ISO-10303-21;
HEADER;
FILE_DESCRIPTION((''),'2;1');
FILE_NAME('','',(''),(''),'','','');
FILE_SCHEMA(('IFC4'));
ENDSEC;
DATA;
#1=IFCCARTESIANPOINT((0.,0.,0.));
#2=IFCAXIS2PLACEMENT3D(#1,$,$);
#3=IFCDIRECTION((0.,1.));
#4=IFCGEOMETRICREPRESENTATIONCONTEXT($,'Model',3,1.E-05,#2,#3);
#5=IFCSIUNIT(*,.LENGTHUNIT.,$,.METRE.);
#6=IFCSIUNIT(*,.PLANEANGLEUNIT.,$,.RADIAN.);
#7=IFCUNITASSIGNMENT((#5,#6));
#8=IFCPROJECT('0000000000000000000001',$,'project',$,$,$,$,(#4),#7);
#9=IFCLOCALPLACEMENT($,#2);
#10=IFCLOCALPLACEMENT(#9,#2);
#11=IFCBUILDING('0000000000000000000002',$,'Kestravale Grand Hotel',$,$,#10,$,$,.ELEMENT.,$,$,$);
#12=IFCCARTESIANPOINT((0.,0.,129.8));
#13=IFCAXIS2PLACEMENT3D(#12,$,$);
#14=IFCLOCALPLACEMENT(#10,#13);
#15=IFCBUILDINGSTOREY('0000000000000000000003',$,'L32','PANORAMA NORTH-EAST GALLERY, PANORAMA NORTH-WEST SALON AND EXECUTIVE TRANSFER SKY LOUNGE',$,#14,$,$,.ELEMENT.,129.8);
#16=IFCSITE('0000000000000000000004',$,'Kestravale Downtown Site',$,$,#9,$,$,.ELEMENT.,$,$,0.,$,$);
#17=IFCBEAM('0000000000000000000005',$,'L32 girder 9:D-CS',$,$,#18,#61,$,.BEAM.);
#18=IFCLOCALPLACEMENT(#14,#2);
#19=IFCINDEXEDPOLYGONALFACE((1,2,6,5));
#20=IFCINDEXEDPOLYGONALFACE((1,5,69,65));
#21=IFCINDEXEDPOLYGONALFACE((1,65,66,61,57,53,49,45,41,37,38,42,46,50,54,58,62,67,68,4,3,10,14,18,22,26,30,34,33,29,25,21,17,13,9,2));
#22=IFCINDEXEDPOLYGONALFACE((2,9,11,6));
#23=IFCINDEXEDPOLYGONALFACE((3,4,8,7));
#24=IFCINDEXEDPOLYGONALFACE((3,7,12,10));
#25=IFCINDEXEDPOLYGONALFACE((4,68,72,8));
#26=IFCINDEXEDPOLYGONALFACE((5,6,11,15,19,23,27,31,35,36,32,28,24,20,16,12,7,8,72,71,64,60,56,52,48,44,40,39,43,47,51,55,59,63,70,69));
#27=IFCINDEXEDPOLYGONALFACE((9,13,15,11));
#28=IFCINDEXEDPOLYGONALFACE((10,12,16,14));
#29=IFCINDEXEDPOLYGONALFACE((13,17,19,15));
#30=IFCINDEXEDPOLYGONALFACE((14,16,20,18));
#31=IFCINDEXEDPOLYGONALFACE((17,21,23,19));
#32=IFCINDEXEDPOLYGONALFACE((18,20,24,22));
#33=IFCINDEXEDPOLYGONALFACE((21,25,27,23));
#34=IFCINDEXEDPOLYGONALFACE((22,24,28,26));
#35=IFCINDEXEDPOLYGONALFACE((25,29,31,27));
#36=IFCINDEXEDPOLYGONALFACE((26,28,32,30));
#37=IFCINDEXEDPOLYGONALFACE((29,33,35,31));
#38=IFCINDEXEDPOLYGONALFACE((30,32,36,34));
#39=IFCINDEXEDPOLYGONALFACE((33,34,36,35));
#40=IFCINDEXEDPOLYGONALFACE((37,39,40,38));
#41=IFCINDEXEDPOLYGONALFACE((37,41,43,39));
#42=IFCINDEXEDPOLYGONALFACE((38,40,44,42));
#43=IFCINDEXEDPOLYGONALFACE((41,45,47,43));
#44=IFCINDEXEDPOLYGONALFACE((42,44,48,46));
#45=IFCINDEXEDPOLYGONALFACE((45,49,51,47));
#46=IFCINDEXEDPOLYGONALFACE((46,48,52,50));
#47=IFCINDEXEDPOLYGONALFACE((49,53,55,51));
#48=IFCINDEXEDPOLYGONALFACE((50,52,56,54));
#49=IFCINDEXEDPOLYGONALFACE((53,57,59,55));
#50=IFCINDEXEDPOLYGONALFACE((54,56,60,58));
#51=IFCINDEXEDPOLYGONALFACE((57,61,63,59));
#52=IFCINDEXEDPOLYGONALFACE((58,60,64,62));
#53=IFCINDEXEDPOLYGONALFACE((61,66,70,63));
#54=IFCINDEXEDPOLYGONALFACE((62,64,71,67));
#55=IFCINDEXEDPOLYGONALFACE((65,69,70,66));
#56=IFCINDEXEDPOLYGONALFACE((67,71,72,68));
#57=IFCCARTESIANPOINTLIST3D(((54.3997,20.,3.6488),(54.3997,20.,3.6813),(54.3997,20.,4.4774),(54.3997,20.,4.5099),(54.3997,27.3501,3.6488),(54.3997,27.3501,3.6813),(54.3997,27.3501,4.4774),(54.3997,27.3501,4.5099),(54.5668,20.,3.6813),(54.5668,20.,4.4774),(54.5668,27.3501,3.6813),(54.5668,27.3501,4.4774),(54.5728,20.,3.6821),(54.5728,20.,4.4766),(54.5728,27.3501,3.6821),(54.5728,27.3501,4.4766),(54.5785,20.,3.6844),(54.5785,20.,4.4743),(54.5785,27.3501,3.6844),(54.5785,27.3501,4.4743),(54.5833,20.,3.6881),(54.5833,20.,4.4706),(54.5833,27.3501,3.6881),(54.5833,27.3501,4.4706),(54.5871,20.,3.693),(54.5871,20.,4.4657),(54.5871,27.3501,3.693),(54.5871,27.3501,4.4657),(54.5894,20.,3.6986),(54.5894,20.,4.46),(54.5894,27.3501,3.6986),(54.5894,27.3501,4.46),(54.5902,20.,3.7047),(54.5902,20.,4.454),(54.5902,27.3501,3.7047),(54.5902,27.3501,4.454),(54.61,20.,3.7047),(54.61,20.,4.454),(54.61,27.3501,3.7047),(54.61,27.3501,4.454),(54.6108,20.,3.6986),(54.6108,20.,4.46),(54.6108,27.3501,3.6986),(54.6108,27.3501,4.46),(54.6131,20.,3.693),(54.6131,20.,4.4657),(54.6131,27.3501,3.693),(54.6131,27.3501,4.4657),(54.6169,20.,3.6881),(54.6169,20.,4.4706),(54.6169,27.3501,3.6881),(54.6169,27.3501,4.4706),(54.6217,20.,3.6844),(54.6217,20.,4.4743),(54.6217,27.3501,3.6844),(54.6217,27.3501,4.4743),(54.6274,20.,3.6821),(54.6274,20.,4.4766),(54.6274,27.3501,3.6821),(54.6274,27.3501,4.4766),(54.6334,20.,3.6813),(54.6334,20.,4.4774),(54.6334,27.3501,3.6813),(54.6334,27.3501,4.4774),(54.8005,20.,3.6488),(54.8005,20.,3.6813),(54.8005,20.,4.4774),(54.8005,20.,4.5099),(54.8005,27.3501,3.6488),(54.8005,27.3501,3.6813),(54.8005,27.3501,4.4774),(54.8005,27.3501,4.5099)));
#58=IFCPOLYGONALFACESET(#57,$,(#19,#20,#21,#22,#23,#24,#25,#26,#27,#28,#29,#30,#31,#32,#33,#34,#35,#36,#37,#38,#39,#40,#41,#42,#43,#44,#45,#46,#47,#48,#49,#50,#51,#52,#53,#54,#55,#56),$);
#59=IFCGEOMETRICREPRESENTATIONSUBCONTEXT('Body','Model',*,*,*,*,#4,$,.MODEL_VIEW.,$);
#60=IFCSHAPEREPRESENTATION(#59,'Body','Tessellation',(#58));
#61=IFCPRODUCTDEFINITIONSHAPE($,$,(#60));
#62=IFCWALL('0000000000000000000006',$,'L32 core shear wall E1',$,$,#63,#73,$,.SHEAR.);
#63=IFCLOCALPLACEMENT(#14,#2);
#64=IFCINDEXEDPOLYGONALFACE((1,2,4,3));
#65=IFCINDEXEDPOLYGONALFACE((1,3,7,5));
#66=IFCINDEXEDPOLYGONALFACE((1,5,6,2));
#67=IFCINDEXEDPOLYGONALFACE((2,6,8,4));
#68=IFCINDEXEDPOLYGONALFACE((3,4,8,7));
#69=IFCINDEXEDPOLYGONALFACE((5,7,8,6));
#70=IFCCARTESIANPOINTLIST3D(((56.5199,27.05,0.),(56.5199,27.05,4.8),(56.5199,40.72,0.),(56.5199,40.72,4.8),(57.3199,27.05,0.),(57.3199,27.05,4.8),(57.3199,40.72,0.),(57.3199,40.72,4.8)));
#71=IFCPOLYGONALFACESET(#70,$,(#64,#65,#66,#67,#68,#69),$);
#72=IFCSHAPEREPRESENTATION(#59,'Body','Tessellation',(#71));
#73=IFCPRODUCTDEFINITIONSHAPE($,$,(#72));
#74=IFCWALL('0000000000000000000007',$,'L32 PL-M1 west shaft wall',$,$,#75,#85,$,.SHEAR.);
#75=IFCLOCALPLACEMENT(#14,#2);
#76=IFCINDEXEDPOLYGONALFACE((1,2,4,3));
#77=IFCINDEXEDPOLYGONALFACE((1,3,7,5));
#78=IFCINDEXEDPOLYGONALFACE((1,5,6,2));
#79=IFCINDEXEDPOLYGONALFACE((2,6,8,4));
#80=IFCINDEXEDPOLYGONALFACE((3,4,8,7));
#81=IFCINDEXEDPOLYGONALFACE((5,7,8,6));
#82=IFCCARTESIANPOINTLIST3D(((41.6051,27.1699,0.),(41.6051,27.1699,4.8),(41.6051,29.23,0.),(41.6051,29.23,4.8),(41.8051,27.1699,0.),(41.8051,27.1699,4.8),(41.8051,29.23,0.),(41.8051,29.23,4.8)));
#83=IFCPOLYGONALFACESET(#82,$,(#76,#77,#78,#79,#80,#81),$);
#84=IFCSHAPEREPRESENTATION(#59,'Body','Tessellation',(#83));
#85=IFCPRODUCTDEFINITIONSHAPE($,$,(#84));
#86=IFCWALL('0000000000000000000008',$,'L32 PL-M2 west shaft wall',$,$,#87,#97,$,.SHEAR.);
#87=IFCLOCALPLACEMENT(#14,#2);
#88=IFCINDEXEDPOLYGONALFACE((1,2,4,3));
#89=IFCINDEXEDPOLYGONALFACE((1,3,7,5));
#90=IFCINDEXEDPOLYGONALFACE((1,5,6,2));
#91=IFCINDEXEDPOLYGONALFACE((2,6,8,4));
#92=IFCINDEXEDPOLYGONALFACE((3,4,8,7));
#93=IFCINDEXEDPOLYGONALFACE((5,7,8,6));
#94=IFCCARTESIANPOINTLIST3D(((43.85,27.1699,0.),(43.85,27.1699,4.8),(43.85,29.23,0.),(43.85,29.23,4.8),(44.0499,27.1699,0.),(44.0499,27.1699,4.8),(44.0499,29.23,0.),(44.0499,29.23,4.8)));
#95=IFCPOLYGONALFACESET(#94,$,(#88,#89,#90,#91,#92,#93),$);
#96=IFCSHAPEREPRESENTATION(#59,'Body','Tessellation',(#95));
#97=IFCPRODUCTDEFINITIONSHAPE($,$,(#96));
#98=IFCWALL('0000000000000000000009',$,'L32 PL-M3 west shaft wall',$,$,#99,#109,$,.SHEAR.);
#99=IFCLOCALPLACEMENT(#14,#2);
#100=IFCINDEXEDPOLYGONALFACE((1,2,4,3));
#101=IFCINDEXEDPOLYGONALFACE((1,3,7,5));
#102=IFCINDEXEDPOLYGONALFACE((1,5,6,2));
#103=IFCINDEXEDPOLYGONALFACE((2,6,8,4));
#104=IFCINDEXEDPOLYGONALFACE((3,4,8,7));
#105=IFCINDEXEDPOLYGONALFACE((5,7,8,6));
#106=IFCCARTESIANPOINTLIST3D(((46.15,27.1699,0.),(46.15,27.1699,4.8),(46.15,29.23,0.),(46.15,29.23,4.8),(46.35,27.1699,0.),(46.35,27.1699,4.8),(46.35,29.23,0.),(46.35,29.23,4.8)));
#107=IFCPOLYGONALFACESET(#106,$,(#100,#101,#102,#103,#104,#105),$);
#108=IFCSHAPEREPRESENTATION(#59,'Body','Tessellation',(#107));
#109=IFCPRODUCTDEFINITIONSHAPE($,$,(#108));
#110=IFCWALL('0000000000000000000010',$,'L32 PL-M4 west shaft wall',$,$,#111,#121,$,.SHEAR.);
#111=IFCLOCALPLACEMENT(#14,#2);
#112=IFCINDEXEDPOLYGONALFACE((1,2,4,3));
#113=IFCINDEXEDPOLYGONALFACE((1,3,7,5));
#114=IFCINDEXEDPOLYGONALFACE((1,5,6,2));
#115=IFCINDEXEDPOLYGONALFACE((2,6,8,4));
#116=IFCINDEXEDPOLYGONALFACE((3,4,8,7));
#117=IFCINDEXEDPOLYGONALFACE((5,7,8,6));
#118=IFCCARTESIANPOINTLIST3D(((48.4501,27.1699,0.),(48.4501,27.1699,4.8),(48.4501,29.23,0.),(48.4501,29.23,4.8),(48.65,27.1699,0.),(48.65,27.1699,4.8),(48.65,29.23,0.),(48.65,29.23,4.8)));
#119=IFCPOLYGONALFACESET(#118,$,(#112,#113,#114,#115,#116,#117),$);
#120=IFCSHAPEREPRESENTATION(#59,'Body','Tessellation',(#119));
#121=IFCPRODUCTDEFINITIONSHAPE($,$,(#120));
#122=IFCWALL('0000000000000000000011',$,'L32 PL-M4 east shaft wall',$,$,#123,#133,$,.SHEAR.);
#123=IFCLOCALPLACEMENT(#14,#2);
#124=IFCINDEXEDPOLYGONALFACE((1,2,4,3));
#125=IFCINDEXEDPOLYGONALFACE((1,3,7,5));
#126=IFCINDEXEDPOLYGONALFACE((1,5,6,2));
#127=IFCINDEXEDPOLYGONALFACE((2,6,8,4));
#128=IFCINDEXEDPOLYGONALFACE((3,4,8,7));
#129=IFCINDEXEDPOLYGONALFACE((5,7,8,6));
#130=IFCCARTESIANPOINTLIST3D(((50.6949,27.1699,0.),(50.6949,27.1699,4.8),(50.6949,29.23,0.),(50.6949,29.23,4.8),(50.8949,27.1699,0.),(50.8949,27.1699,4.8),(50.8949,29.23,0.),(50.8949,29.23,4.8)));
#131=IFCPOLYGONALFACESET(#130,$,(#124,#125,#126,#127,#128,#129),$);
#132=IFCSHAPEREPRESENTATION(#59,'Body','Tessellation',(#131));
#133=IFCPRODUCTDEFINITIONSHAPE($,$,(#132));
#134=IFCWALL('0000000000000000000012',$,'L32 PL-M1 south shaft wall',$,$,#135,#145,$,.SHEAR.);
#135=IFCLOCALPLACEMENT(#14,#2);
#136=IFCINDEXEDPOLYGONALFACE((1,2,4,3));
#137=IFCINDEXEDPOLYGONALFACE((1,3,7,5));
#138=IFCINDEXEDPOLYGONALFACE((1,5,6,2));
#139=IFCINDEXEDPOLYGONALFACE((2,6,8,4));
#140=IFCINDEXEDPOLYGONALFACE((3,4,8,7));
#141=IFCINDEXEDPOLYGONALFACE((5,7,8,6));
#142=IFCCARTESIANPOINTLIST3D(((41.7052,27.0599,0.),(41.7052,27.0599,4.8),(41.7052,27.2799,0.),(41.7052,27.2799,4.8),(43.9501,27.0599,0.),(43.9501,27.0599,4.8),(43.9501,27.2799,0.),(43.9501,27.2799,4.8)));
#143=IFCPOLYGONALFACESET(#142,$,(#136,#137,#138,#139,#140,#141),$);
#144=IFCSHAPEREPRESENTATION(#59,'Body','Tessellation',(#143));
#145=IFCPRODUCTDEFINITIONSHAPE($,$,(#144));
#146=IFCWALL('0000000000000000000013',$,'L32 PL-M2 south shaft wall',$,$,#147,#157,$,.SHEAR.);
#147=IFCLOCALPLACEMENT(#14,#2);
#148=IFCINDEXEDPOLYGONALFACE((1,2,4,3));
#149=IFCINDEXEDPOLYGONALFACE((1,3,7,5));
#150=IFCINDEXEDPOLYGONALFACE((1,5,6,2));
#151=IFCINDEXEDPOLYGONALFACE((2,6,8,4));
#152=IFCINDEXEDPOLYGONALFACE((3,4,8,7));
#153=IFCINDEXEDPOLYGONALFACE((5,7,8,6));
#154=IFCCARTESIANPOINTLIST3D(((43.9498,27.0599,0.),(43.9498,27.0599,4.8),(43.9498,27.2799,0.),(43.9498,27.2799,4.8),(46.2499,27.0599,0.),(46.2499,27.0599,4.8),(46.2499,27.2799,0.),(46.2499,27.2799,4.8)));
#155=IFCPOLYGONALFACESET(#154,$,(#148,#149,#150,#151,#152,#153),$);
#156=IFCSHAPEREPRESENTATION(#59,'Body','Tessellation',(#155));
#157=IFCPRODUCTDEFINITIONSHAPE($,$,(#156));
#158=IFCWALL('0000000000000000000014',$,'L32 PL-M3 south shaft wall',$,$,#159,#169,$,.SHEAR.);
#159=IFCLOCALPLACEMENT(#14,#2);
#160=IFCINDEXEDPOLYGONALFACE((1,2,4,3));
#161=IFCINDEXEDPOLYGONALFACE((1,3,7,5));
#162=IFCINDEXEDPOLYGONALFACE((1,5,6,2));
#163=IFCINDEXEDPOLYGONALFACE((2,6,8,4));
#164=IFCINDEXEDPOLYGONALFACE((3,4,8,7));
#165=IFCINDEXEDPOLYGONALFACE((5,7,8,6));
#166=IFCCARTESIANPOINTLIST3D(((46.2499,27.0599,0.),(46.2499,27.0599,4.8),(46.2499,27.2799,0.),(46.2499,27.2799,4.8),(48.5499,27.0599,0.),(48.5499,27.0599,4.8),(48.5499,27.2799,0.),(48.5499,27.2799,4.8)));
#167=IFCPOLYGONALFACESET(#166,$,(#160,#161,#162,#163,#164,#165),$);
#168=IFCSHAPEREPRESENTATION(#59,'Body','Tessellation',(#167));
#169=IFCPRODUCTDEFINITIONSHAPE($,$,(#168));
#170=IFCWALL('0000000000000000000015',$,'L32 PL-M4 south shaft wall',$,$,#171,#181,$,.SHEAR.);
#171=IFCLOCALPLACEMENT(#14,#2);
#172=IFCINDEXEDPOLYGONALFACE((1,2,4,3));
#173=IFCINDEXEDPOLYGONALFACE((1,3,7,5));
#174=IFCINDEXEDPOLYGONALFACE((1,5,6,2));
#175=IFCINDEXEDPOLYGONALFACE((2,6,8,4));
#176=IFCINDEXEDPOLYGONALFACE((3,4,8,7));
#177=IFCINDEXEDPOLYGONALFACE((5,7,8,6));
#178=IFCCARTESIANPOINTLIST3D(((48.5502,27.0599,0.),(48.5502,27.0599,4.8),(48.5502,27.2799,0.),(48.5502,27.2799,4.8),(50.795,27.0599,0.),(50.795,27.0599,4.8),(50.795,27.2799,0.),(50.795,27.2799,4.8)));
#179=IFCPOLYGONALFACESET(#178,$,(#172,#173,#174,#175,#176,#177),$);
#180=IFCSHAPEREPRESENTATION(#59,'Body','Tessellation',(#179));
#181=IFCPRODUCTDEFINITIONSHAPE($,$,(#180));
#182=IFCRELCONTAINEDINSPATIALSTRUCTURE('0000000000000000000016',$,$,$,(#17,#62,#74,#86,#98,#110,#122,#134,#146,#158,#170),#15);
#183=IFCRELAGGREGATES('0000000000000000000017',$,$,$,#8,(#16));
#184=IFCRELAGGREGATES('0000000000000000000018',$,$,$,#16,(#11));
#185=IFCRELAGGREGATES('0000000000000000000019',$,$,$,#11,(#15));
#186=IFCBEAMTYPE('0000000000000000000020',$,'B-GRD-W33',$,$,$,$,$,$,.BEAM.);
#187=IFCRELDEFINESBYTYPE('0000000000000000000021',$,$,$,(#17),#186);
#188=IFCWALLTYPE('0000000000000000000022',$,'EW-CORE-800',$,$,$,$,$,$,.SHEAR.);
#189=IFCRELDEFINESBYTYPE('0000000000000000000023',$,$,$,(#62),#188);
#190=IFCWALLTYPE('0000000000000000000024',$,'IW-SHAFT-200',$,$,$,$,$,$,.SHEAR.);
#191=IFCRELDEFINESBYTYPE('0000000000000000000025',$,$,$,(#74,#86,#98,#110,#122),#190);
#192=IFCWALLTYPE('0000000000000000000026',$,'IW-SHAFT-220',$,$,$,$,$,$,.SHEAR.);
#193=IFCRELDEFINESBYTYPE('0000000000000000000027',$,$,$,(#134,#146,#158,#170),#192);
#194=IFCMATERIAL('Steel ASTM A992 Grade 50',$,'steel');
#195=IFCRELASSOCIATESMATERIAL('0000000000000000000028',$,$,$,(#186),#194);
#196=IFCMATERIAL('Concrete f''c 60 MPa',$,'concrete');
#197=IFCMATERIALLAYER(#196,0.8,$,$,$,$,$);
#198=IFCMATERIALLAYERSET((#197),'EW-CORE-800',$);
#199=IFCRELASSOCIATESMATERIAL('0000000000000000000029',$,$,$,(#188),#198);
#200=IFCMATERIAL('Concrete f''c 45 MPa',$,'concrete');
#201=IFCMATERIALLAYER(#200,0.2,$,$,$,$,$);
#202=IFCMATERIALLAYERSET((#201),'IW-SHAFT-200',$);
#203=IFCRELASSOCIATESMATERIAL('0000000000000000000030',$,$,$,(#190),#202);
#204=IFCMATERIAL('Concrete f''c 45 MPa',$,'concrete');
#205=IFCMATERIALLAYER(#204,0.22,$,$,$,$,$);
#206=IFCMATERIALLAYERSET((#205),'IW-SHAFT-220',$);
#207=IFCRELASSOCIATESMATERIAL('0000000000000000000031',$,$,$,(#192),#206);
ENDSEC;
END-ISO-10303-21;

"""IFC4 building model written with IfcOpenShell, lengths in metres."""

from ifc_helpers import new_model, si_unit, direction, frame, frame_2d, origin, origin_2d, place, context, subcontext, project, spatial, rectangle, i_section, extrude, material, layer, layer_set, material_profile, profile_set, type_object, element, save


model = new_model("IFC4")

# Units and contexts
model_context = context("Model", 3, precision=1e-05, world=origin(), true_north=direction((0.0, 1.0)))
body_context = subcontext(model_context, "Body", "Model", "MODEL_VIEW")
ifc_project = project(units=[si_unit("LENGTHUNIT", "METRE"), si_unit("PLANEANGLEUNIT", "RADIAN")], contexts=[model_context])

# Site, building, storey
site_placement = place(None, origin())
site = spatial("IfcSite", under=ifc_project, at=site_placement, Name="Kestravale Downtown Site", CompositionType="ELEMENT", RefElevation=0.0)
building_placement = place(site_placement, origin())
building = spatial("IfcBuilding", under=site, at=building_placement, Name="Kestravale Grand Hotel", CompositionType="ELEMENT")
storey_placement = place(building_placement, frame((0.0, 0.0, 129.8)))
storey = spatial("IfcBuildingStorey", under=building, at=storey_placement, Name="L32", Description="PANORAMA NORTH-EAST GALLERY, PANORAMA NORTH-WEST SALON AND EXECUTIVE TRANSFER SKY LOUNGE", CompositionType="ELEMENT", Elevation=129.8)

# Beam
ifc_material_1 = material(Name="Steel ASTM A992 Grade 50", Category="steel")
ifc_material_profile_1 = material_profile(ifc_material_1, i_section(OverallWidth=0.4009, OverallDepth=0.8611, WebThickness=0.0198, FlangeThickness=0.0325, FilletRadius=0.0234, at=origin_2d()))
ifc_profile_set_1 = profile_set([ifc_material_profile_1], Name="Steel ASTM A992 Grade 50")
beam_type = type_object("IfcBeamType", Name="B-GRD-W33", PredefinedType="BEAM", material=ifc_profile_set_1)
beam_1_placement = place(storey_placement, frame((54.6001, 20.0, 4.0793), z_axis=(0.0, 1.0, 0.0), x_axis=(-1.0, 0.0, 0.0)))
element("IfcBeam", 1, at=beam_1_placement, inside=storey, type_object=beam_type, Name="L32 girder 9:D-CS", PredefinedType="BEAM", context=body_context, shape_type="SweptSolid", body=[
    extrude(i_section(OverallWidth=0.4009, OverallDepth=0.8611, WebThickness=0.0198, FlangeThickness=0.0325, FilletRadius=0.0234, at=origin_2d()), origin(), (0.0, 0.0, 1.0), 7.3501),
])

# Wall
ifc_material_2 = material(Name="Concrete f'c 60 MPa", Category="concrete")
ifc_layer_1 = layer(ifc_material_2, 0.8)
ifc_layer_set_1 = layer_set([ifc_layer_1], Name="EW-CORE-800")
wall_type_1 = type_object("IfcWallType", Name="EW-CORE-800", PredefinedType="SHEAR", material=ifc_layer_set_1)
wall_1_placement = place(storey_placement, frame((56.9199, 27.05, 0.0), z_axis=(0.0, 0.0, 1.0), x_axis=(0.0, 1.0, 0.0)))
element("IfcWall", 2, at=wall_1_placement, inside=storey, type_object=wall_type_1, Name="L32 core shear wall E1", PredefinedType="SHEAR", context=body_context, shape_type="SweptSolid", body=[
    extrude(rectangle(XDim=13.6699, YDim=0.8, at=frame_2d((6.835, 0.0))), origin(), (0.0, 0.0, 1.0), 4.8),
])

# Walls
ifc_material_3 = material(Name="Concrete f'c 45 MPa", Category="concrete")
ifc_layer_2 = layer(ifc_material_3, 0.2)
ifc_layer_set_2 = layer_set([ifc_layer_2], Name="IW-SHAFT-200")
wall_type_2 = type_object("IfcWallType", Name="IW-SHAFT-200", PredefinedType="SHEAR", material=ifc_layer_set_2)
for number, where, z_axis, x_axis, name in (
    (3, (41.7051, 27.1699, 0.0), (0.0, 0.0, 1.0), (0.0, 1.0, 0.0), "L32 PL-M1 west shaft wall"),
    (4, (43.95, 27.1699, 0.0), (0.0, 0.0, 1.0), (0.0, 1.0, 0.0), "L32 PL-M2 west shaft wall"),
    (5, (46.25, 27.1699, 0.0), (0.0, 0.0, 1.0), (0.0, 1.0, 0.0), "L32 PL-M3 west shaft wall"),
    (6, (48.55, 27.1699, 0.0), (0.0, 0.0, 1.0), (0.0, 1.0, 0.0), "L32 PL-M4 west shaft wall"),
    (7, (50.7949, 27.1699, 0.0), (0.0, 0.0, 1.0), (0.0, 1.0, 0.0), "L32 PL-M4 east shaft wall"),
):
    element("IfcWall", number, at=place(storey_placement, frame(where, z_axis=z_axis, x_axis=x_axis)), inside=storey, type_object=wall_type_2, Name=name, PredefinedType="SHEAR", context=body_context, shape_type="SweptSolid", body=[
        extrude(rectangle(XDim=2.0601, YDim=0.2, at=frame_2d((1.03, 0.0))), origin(), (0.0, 0.0, 1.0), 4.8),
    ])

# Shared definitions
ifc_material_4 = material(Name="Concrete f'c 45 MPa", Category="concrete")
ifc_layer_3 = layer(ifc_material_4, 0.22)
ifc_layer_set_3 = layer_set([ifc_layer_3], Name="IW-SHAFT-220")
wall_type_3 = type_object("IfcWallType", Name="IW-SHAFT-220", PredefinedType="SHEAR", material=ifc_layer_set_3)

# Wall
wall_2_placement = place(storey_placement, frame((41.7051, 27.1699, 0.0), z_axis=(0.0, 0.0, 1.0), x_axis=(1.0, 0.0, 0.0)))
element("IfcWall", 8, at=wall_2_placement, inside=storey, type_object=wall_type_3, Name="L32 PL-M1 south shaft wall", PredefinedType="SHEAR", context=body_context, shape_type="SweptSolid", body=[
    extrude(rectangle(XDim=2.2449, YDim=0.22, at=frame_2d((1.1226, 0.0))), origin(), (0.0, 0.0, 1.0), 4.8),
])

# Wall
wall_3_placement = place(storey_placement, frame((43.95, 27.1699, 0.0), z_axis=(0.0, 0.0, 1.0), x_axis=(1.0, 0.0, 0.0)))
element("IfcWall", 9, at=wall_3_placement, inside=storey, type_object=wall_type_3, Name="L32 PL-M2 south shaft wall", PredefinedType="SHEAR", context=body_context, shape_type="SweptSolid", body=[
    extrude(rectangle(XDim=2.3, YDim=0.22, at=frame_2d((1.1499, 0.0))), origin(), (0.0, 0.0, 1.0), 4.8),
])

# Wall
wall_4_placement = place(storey_placement, frame((46.25, 27.1699, 0.0), z_axis=(0.0, 0.0, 1.0), x_axis=(1.0, 0.0, 0.0)))
element("IfcWall", 10, at=wall_4_placement, inside=storey, type_object=wall_type_3, Name="L32 PL-M3 south shaft wall", PredefinedType="SHEAR", context=body_context, shape_type="SweptSolid", body=[
    extrude(rectangle(XDim=2.3, YDim=0.22, at=frame_2d((1.1499, 0.0))), origin(), (0.0, 0.0, 1.0), 4.8),
])

# Wall
wall_5_placement = place(storey_placement, frame((48.55, 27.1699, 0.0), z_axis=(0.0, 0.0, 1.0), x_axis=(1.0, 0.0, 0.0)))
element("IfcWall", 11, at=wall_5_placement, inside=storey, type_object=wall_type_3, Name="L32 PL-M4 south shaft wall", PredefinedType="SHEAR", context=body_context, shape_type="SweptSolid", body=[
    extrude(rectangle(XDim=2.2449, YDim=0.22, at=frame_2d((1.1226, 0.0))), origin(), (0.0, 0.0, 1.0), 4.8),
])

save(model, "model.ifc")
